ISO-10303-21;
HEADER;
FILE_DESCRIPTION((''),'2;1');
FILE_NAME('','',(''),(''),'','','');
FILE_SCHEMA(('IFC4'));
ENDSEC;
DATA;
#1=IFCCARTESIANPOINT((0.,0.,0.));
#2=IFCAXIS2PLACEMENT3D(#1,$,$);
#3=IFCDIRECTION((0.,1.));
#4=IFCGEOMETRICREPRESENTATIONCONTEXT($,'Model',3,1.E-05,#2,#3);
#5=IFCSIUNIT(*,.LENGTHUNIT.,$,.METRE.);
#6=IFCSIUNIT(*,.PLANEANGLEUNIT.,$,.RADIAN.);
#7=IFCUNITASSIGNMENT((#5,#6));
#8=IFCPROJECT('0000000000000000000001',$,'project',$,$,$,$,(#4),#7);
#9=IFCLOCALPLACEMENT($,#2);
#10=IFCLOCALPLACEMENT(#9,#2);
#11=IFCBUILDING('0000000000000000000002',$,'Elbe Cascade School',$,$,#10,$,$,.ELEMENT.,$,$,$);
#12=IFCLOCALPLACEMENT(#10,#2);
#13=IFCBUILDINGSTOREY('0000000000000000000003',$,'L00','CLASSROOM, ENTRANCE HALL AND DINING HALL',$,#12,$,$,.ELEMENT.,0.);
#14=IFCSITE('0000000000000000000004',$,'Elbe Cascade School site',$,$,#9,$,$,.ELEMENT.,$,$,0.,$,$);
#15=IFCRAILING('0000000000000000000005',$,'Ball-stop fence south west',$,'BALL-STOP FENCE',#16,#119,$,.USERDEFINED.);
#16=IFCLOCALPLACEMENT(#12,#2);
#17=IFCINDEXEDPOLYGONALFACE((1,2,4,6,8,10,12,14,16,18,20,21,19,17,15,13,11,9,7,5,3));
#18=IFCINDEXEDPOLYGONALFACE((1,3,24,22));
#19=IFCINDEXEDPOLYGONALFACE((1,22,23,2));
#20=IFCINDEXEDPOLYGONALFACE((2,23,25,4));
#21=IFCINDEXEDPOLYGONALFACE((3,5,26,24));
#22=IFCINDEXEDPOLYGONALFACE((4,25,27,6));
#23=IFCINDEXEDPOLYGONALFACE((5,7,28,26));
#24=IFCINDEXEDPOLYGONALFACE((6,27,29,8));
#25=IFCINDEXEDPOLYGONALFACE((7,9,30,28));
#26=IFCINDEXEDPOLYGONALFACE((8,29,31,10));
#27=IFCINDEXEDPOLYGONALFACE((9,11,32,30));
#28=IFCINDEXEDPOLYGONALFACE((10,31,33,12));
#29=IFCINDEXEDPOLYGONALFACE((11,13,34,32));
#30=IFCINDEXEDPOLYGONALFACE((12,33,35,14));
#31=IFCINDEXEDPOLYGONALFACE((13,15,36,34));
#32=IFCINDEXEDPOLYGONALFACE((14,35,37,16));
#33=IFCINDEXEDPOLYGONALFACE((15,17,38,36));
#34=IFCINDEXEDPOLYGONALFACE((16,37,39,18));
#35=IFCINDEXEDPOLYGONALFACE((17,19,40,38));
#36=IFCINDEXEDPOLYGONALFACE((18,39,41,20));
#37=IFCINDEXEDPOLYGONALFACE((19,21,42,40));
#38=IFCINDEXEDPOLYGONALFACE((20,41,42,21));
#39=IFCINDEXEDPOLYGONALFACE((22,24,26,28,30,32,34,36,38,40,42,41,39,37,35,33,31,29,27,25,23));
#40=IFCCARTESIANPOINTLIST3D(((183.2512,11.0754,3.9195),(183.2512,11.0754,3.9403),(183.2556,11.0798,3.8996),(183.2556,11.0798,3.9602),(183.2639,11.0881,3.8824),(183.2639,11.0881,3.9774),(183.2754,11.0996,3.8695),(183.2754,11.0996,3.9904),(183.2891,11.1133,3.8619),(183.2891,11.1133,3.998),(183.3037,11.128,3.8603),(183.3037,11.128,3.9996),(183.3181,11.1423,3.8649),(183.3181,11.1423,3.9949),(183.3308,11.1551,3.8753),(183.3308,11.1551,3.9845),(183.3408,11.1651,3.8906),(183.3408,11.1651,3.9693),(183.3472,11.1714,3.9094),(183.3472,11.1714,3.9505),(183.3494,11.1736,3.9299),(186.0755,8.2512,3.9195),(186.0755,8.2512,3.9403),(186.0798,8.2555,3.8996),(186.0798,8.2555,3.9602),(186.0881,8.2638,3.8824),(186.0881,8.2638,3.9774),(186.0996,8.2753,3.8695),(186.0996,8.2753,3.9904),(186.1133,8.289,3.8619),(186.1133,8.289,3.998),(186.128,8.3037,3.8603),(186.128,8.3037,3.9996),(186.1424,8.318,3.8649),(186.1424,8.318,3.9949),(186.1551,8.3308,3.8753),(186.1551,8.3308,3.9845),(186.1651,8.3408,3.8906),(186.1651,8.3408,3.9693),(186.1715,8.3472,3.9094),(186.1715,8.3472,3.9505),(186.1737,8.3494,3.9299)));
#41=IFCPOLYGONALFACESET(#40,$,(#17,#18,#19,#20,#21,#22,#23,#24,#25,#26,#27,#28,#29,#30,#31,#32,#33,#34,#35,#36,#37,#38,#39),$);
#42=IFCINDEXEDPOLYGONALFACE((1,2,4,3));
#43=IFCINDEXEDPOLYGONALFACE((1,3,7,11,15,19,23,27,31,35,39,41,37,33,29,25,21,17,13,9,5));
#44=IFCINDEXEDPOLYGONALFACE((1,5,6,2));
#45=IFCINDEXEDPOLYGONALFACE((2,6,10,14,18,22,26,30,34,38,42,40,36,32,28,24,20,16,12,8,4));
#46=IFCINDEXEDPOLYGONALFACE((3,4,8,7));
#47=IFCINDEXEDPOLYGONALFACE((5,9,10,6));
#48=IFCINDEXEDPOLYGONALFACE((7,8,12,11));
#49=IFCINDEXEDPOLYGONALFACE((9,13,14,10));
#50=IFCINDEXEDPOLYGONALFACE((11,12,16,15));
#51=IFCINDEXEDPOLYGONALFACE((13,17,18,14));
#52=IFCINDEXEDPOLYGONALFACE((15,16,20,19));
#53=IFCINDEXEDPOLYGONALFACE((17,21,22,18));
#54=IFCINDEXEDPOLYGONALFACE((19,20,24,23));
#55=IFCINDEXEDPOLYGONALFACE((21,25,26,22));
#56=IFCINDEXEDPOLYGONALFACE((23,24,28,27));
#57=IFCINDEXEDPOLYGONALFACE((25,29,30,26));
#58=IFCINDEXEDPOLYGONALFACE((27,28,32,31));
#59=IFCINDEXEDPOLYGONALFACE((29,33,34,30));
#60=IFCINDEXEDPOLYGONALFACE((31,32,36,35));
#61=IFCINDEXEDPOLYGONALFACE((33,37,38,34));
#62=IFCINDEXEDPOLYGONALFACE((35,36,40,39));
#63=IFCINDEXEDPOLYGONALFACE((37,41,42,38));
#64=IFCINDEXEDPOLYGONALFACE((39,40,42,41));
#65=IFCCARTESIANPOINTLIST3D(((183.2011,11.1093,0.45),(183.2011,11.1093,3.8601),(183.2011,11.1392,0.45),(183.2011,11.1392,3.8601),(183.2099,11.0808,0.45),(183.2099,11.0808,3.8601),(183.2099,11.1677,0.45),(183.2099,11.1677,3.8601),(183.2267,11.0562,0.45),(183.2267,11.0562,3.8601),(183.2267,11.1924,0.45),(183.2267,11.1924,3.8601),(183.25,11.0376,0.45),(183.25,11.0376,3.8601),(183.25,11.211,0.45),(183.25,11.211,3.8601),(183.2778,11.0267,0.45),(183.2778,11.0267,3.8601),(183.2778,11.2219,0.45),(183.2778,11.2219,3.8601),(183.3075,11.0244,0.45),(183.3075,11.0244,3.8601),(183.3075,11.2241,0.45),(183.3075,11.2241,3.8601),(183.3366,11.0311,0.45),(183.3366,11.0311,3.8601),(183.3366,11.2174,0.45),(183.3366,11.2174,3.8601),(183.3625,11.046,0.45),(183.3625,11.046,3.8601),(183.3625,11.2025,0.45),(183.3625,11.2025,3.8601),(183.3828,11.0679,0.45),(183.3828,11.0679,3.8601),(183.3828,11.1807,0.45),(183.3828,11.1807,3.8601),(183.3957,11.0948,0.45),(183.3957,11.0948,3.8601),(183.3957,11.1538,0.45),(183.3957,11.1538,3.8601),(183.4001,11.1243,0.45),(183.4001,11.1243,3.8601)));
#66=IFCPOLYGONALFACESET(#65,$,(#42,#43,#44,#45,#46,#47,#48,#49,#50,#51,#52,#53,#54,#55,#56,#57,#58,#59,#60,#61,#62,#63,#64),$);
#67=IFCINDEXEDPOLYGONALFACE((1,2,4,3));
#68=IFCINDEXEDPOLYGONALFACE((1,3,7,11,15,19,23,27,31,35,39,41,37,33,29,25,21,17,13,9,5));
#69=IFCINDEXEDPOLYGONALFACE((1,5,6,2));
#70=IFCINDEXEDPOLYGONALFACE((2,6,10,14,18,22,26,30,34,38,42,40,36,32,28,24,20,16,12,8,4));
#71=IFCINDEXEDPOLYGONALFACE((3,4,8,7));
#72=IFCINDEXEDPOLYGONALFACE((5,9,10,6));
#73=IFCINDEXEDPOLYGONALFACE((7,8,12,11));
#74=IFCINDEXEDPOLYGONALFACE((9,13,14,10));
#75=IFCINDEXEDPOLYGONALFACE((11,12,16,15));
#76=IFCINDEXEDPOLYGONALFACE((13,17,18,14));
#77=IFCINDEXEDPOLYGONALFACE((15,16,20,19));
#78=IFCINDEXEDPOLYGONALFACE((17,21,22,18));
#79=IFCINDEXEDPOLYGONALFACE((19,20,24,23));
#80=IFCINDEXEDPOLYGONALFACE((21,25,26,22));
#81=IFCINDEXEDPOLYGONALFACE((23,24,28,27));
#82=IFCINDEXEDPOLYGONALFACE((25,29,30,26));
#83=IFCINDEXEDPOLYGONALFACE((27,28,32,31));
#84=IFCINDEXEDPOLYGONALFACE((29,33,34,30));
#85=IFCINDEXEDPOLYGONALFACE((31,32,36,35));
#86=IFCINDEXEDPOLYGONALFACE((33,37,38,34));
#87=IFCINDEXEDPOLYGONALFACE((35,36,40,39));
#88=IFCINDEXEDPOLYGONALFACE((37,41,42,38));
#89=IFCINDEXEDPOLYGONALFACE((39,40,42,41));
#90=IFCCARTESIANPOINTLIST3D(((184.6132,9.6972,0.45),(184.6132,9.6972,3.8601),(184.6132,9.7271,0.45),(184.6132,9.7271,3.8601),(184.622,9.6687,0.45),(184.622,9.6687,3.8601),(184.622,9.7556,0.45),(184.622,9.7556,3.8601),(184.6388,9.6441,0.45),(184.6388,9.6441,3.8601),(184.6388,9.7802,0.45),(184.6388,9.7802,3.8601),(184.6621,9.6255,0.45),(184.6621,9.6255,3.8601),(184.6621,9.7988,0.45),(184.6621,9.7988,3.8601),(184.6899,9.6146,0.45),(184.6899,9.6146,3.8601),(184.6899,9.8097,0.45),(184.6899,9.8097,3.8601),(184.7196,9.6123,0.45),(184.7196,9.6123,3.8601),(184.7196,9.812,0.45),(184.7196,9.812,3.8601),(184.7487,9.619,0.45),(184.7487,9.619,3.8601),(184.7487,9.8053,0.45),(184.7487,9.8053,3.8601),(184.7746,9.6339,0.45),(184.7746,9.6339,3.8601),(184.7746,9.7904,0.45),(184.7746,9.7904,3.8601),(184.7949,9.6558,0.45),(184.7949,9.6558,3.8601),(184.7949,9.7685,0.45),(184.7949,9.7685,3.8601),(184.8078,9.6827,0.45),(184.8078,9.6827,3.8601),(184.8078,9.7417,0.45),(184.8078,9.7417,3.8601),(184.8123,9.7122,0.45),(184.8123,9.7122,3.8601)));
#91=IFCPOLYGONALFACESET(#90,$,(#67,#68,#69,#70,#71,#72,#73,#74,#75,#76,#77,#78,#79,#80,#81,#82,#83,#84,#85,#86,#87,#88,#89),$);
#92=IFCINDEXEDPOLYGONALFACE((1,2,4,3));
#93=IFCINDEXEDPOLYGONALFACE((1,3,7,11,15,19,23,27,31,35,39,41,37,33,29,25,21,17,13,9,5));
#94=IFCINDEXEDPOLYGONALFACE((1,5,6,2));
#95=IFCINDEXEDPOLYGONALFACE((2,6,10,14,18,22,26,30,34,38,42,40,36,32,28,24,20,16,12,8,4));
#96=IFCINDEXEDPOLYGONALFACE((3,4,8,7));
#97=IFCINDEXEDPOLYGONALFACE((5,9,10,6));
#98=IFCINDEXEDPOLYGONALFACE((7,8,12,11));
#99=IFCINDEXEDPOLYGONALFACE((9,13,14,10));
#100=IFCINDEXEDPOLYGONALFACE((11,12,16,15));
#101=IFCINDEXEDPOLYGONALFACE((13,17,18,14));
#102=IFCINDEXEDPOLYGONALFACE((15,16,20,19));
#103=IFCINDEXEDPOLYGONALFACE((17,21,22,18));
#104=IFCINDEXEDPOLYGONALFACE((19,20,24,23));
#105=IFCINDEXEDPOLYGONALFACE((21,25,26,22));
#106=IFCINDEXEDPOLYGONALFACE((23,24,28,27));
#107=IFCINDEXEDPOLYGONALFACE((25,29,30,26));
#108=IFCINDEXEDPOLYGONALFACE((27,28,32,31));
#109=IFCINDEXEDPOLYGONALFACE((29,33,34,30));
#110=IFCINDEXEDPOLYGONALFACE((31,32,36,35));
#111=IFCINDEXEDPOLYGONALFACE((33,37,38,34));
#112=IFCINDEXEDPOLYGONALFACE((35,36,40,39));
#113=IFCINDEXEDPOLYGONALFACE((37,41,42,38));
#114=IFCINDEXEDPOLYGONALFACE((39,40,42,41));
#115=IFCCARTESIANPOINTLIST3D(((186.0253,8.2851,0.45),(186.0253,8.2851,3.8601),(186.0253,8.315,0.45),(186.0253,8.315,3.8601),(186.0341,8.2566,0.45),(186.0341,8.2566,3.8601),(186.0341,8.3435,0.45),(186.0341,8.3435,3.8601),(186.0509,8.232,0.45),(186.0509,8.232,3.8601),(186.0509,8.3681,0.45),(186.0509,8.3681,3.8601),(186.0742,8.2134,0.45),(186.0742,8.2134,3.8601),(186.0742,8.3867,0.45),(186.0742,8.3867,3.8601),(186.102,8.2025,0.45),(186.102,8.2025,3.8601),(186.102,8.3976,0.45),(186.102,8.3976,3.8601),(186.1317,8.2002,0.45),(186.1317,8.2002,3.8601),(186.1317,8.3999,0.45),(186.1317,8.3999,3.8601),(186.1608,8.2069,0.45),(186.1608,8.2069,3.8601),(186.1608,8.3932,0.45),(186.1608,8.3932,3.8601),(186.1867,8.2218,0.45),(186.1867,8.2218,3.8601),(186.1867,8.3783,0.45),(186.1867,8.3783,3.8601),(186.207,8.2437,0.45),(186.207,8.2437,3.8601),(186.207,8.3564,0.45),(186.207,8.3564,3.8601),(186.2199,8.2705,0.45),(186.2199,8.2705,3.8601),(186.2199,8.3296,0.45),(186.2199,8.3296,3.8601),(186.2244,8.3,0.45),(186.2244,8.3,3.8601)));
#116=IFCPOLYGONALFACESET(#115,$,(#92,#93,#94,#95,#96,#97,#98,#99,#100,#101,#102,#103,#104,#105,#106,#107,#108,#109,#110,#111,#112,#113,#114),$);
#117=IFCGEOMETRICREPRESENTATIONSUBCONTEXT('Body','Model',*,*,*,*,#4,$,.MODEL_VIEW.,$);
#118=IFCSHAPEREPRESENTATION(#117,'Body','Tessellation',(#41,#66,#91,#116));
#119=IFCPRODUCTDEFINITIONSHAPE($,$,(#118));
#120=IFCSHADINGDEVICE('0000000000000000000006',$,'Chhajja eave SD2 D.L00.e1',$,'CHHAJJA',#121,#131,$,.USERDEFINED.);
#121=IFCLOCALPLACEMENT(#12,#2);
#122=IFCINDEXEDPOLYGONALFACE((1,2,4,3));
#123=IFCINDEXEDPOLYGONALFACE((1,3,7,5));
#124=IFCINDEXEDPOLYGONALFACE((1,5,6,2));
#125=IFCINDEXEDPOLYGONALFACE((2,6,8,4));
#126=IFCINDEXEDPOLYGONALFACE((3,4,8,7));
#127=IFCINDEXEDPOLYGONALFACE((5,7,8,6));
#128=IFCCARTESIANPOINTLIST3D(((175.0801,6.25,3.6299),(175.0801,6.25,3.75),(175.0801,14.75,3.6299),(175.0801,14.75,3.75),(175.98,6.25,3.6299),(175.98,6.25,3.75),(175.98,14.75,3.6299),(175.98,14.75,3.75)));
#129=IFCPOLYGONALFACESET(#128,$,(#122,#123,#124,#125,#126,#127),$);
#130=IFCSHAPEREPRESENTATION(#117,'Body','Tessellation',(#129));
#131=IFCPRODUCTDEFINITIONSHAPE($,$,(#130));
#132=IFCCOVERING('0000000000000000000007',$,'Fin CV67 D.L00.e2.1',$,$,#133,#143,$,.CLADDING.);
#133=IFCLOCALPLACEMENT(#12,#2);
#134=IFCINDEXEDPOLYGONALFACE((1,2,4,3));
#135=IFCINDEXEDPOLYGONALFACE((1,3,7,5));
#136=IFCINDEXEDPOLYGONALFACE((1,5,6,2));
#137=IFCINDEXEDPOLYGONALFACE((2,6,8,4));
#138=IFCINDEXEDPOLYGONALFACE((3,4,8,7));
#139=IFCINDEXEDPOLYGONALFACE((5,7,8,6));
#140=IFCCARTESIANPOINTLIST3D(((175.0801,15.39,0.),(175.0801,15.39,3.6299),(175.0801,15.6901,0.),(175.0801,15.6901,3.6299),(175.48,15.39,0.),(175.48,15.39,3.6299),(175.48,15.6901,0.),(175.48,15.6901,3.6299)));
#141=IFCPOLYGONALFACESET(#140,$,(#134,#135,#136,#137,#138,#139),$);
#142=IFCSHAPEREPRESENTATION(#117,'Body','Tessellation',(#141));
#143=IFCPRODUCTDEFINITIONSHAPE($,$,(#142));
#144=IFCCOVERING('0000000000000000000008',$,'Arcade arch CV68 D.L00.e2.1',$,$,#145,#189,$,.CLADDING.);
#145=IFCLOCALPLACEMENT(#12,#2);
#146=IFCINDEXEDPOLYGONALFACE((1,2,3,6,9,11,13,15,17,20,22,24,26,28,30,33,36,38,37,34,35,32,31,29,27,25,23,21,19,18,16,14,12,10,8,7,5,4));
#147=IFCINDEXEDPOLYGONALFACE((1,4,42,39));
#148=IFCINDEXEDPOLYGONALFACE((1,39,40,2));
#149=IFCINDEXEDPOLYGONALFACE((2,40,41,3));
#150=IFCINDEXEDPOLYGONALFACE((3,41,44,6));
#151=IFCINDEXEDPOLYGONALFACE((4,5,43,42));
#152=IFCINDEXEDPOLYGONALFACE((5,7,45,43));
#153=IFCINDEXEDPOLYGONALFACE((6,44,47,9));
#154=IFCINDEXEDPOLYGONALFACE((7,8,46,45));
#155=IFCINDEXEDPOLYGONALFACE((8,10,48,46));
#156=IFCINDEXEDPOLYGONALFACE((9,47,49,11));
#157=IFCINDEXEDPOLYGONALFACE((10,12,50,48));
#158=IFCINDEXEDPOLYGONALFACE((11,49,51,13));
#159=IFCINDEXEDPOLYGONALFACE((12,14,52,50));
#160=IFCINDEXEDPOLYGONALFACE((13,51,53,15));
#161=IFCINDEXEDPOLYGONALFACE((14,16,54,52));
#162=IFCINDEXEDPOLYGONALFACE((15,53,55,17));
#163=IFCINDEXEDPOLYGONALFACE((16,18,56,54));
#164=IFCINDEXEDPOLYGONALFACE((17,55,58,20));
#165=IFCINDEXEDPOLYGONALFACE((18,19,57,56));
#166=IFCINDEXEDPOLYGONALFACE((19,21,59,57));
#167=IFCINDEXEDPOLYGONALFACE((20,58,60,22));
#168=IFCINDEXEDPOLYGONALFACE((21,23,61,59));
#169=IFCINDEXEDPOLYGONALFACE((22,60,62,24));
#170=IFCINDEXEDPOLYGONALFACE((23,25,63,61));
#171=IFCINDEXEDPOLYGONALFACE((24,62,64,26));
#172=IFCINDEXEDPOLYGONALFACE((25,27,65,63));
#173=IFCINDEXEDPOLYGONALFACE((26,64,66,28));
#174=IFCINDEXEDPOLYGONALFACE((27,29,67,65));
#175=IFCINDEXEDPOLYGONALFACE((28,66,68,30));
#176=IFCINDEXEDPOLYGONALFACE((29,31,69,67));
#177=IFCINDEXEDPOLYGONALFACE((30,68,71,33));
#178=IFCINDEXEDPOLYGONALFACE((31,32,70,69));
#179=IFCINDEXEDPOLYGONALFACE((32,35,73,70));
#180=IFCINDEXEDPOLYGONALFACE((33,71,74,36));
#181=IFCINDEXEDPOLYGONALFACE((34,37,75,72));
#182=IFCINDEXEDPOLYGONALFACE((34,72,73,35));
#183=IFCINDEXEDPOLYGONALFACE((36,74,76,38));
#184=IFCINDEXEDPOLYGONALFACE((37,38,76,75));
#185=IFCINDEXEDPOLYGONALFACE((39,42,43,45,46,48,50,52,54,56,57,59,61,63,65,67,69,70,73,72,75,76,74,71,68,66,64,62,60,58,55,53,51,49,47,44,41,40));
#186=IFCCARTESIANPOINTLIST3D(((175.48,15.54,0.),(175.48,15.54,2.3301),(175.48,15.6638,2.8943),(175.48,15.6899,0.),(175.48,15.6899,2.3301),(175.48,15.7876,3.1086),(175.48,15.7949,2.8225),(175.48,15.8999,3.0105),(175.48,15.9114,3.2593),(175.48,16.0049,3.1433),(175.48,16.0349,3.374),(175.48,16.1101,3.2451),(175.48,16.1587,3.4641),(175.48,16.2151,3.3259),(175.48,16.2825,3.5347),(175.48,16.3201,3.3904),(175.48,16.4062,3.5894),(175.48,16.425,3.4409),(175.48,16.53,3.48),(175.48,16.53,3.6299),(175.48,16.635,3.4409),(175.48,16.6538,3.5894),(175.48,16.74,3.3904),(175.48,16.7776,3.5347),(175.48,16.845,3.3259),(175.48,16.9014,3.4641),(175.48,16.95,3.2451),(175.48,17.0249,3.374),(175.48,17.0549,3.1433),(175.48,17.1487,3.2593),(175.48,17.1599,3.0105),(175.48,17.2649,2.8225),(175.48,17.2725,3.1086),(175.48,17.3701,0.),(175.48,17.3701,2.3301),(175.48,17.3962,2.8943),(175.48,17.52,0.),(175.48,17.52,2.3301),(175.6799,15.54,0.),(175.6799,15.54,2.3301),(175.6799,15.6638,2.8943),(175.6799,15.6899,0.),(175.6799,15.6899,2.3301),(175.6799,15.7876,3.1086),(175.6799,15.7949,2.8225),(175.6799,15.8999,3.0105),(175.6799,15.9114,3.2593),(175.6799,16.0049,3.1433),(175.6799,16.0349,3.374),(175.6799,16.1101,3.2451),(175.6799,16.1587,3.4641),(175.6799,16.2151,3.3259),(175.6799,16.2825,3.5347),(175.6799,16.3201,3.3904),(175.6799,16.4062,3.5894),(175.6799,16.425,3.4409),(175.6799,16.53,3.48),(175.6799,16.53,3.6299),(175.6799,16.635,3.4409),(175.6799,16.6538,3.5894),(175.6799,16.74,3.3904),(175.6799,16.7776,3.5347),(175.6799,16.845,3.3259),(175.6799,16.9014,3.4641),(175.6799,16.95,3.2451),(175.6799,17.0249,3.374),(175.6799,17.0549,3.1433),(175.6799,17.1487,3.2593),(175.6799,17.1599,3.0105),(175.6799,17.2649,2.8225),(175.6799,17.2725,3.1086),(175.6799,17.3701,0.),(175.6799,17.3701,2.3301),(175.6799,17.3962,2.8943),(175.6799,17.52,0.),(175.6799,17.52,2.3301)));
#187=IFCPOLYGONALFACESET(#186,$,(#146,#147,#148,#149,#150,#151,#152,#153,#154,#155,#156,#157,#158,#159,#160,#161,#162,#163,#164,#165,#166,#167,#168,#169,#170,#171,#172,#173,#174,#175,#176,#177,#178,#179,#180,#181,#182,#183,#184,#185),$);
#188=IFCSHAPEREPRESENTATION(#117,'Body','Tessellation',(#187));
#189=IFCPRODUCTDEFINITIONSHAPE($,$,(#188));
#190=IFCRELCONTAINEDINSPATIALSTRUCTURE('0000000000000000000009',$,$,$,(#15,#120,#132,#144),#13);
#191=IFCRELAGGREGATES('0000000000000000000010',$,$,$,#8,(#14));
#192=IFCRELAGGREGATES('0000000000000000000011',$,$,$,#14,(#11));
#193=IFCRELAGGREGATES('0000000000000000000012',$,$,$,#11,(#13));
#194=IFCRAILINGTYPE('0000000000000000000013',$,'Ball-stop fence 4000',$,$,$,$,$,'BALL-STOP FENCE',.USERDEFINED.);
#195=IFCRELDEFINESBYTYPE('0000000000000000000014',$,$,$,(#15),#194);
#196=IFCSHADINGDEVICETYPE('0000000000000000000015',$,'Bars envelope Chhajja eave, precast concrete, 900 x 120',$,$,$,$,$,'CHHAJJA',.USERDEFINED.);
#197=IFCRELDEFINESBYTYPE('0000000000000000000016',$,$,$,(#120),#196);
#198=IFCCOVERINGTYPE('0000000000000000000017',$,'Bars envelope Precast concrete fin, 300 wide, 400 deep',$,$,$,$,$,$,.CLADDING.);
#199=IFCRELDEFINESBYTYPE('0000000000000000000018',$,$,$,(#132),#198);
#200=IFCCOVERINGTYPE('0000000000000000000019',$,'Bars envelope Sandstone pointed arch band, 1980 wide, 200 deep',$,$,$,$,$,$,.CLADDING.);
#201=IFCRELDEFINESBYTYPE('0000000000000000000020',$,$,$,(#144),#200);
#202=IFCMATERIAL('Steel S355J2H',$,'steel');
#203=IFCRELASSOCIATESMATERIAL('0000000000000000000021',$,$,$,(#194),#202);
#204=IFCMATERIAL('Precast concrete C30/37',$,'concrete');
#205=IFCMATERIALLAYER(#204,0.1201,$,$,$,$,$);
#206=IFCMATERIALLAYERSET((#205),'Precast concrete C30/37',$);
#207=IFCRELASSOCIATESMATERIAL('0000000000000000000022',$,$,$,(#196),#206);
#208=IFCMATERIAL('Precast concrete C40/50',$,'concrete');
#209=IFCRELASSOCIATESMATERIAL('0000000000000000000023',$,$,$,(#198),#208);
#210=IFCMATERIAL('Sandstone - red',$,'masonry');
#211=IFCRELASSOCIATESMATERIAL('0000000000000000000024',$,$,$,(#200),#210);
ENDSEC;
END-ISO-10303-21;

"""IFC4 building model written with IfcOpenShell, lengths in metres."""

from ifc_helpers import new_model, si_unit, direction, frame, origin, origin_2d, place, context, subcontext, project, spatial, polyline, rectangle, circle, outline, extrude, material, layer, layer_set, type_object, element, save


model = new_model("IFC4")

# Units and contexts
model_context = context("Model", 3, precision=1e-05, world=origin(), true_north=direction((0.0, 1.0)))
body_context = subcontext(model_context, "Body", "Model", "MODEL_VIEW")
ifc_project = project(units=[si_unit("LENGTHUNIT", "METRE"), si_unit("PLANEANGLEUNIT", "RADIAN")], contexts=[model_context])

# Site, building, storey
site_placement = place(None, origin())
site = spatial("IfcSite", under=ifc_project, at=site_placement, Name="Elbe Cascade School site", CompositionType="ELEMENT", RefElevation=0.0)
building_placement = place(site_placement, origin())
building = spatial("IfcBuilding", under=site, at=building_placement, Name="Elbe Cascade School", CompositionType="ELEMENT")
storey_placement = place(building_placement, origin())
storey = spatial("IfcBuildingStorey", under=building, at=storey_placement, Name="L00", Description="CLASSROOM, ENTRANCE HALL AND DINING HALL", CompositionType="ELEMENT", Elevation=0.0)

# Railing
ifc_material_1 = material(Name="Steel S355J2H", Category="steel")
railing_type = type_object("IfcRailingType", Name="Ball-stop fence 4000", ElementType="BALL-STOP FENCE", PredefinedType="USERDEFINED", material=ifc_material_1)
railing_placement = place(storey_placement, frame((183.3, 11.1243, 0.45)))
element("IfcRailing", 1, at=railing_placement, inside=storey, type_object=railing_type, Name="Ball-stop fence south west", ObjectType="BALL-STOP FENCE", PredefinedType="USERDEFINED", context=body_context, shape_type="SweptSolid", body=[
    extrude(circle(Radius=0.0698, at=origin_2d()), frame((0.0, 0.0, 3.48), z_axis=(0.707107, -0.707107, 0.0), x_axis=(0.707107, 0.707107, 0.0)), (0.0, 0.0, 1.0), 3.9941),
    extrude(circle(Radius=0.1001, at=origin_2d()), origin(), (0.0, 0.0, 1.0), 3.4102),
    extrude(circle(Radius=0.1001, at=origin_2d()), frame((1.4121, -1.4121, 0.0)), (0.0, 0.0, 1.0), 3.4102),
    extrude(circle(Radius=0.1001, at=origin_2d()), frame((2.8242, -2.8242, 0.0)), (0.0, 0.0, 1.0), 3.4102),
])

# Shading device
ifc_material_2 = material(Name="Precast concrete C30/37", Category="concrete")
ifc_layer_1 = layer(ifc_material_2, 0.1201)
ifc_layer_set_1 = layer_set([ifc_layer_1], Name="Precast concrete C30/37")
shading_device_type = type_object("IfcShadingDeviceType", Name="Bars envelope Chhajja eave, precast concrete, 900 x 120", ElementType="CHHAJJA", PredefinedType="USERDEFINED", material=ifc_layer_set_1)
shading_device_placement = place(storey_placement, frame((175.53, 10.5, 3.6299), z_axis=(0.0, 0.0, 1.0), x_axis=(0.0, 1.0, 0.0)))
element("IfcShadingDevice", 2, at=shading_device_placement, inside=storey, type_object=shading_device_type, Name="Chhajja eave SD2 D.L00.e1", ObjectType="CHHAJJA", PredefinedType="USERDEFINED", context=body_context, shape_type="SweptSolid", body=[
    extrude(rectangle(XDim=8.5, YDim=0.8999, at=origin_2d()), origin(), (0.0, 0.0, 1.0), 0.1201),
])

# Coverings
ifc_material_3 = material(Name="Precast concrete C40/50", Category="concrete")
covering_type_1 = type_object("IfcCoveringType", Name="Bars envelope Precast concrete fin, 300 wide, 400 deep", PredefinedType="CLADDING", material=ifc_material_3)
covering_1_placement = place(storey_placement, frame((175.28, 15.54, 0.0), z_axis=(0.0, 0.0, 1.0), x_axis=(0.0, 1.0, 0.0)))
element("IfcCovering", 3, at=covering_1_placement, inside=storey, type_object=covering_type_1, Name="Fin CV67 D.L00.e2.1", PredefinedType="CLADDING", context=body_context, shape_type="SweptSolid", body=[
    extrude(rectangle(XDim=0.3, YDim=0.3999, at=origin_2d()), origin(), (0.0, 0.0, 1.0), 3.6299),
])
ifc_material_4 = material(Name="Sandstone - red", Category="masonry")
covering_type_2 = type_object("IfcCoveringType", Name="Bars envelope Sandstone pointed arch band, 1980 wide, 200 deep", PredefinedType="CLADDING", material=ifc_material_4)
covering_2_placement = place(storey_placement, frame((175.6799, 15.6899, 0.0), z_axis=(1.0, 0.0, 0.0), x_axis=(0.0, 0.0, 1.0)))
element("IfcCovering", 4, at=covering_2_placement, inside=storey, type_object=covering_type_2, Name="Arcade arch CV68 D.L00.e2.1", PredefinedType="CLADDING", context=body_context, shape_type="SweptSolid", body=[
    extrude(outline(polyline([(0.0, 0.0), (2.3301, 0.0), (2.8225, -0.105), (3.0105, -0.21), (3.1433, -0.3149), (3.2451, -0.4202), (3.3259, -0.5251), (3.3904, -0.6301), (3.4409, -0.7351), (3.48, -0.8401), (3.4409, -0.9451), (3.3904, -1.05), (3.3259, -1.155), (3.2451, -1.26), (3.1433, -1.365), (3.0105, -1.47), (2.8225, -1.575), (2.3301, -1.6802), (0.0, -1.6802), (0.0, -1.8301), (2.3301, -1.8301), (2.8943, -1.7063), (3.1086, -1.5825), (3.2593, -1.4587), (3.374, -1.335), (3.4641, -1.2114), (3.5347, -1.0876), (3.5894, -0.9639), (3.6299, -0.8401), (3.5894, -0.7163), (3.5347, -0.5925), (3.4641, -0.4688), (3.374, -0.345), (3.2593, -0.2214), (3.1086, -0.0977), (2.8943, 0.0261), (2.3301, 0.1499), (0.0, 0.1499), (0.0, 0.0)])), origin(), (0.0, 0.0, -1.0), 0.2),
])

save(model, "model.ifc")
